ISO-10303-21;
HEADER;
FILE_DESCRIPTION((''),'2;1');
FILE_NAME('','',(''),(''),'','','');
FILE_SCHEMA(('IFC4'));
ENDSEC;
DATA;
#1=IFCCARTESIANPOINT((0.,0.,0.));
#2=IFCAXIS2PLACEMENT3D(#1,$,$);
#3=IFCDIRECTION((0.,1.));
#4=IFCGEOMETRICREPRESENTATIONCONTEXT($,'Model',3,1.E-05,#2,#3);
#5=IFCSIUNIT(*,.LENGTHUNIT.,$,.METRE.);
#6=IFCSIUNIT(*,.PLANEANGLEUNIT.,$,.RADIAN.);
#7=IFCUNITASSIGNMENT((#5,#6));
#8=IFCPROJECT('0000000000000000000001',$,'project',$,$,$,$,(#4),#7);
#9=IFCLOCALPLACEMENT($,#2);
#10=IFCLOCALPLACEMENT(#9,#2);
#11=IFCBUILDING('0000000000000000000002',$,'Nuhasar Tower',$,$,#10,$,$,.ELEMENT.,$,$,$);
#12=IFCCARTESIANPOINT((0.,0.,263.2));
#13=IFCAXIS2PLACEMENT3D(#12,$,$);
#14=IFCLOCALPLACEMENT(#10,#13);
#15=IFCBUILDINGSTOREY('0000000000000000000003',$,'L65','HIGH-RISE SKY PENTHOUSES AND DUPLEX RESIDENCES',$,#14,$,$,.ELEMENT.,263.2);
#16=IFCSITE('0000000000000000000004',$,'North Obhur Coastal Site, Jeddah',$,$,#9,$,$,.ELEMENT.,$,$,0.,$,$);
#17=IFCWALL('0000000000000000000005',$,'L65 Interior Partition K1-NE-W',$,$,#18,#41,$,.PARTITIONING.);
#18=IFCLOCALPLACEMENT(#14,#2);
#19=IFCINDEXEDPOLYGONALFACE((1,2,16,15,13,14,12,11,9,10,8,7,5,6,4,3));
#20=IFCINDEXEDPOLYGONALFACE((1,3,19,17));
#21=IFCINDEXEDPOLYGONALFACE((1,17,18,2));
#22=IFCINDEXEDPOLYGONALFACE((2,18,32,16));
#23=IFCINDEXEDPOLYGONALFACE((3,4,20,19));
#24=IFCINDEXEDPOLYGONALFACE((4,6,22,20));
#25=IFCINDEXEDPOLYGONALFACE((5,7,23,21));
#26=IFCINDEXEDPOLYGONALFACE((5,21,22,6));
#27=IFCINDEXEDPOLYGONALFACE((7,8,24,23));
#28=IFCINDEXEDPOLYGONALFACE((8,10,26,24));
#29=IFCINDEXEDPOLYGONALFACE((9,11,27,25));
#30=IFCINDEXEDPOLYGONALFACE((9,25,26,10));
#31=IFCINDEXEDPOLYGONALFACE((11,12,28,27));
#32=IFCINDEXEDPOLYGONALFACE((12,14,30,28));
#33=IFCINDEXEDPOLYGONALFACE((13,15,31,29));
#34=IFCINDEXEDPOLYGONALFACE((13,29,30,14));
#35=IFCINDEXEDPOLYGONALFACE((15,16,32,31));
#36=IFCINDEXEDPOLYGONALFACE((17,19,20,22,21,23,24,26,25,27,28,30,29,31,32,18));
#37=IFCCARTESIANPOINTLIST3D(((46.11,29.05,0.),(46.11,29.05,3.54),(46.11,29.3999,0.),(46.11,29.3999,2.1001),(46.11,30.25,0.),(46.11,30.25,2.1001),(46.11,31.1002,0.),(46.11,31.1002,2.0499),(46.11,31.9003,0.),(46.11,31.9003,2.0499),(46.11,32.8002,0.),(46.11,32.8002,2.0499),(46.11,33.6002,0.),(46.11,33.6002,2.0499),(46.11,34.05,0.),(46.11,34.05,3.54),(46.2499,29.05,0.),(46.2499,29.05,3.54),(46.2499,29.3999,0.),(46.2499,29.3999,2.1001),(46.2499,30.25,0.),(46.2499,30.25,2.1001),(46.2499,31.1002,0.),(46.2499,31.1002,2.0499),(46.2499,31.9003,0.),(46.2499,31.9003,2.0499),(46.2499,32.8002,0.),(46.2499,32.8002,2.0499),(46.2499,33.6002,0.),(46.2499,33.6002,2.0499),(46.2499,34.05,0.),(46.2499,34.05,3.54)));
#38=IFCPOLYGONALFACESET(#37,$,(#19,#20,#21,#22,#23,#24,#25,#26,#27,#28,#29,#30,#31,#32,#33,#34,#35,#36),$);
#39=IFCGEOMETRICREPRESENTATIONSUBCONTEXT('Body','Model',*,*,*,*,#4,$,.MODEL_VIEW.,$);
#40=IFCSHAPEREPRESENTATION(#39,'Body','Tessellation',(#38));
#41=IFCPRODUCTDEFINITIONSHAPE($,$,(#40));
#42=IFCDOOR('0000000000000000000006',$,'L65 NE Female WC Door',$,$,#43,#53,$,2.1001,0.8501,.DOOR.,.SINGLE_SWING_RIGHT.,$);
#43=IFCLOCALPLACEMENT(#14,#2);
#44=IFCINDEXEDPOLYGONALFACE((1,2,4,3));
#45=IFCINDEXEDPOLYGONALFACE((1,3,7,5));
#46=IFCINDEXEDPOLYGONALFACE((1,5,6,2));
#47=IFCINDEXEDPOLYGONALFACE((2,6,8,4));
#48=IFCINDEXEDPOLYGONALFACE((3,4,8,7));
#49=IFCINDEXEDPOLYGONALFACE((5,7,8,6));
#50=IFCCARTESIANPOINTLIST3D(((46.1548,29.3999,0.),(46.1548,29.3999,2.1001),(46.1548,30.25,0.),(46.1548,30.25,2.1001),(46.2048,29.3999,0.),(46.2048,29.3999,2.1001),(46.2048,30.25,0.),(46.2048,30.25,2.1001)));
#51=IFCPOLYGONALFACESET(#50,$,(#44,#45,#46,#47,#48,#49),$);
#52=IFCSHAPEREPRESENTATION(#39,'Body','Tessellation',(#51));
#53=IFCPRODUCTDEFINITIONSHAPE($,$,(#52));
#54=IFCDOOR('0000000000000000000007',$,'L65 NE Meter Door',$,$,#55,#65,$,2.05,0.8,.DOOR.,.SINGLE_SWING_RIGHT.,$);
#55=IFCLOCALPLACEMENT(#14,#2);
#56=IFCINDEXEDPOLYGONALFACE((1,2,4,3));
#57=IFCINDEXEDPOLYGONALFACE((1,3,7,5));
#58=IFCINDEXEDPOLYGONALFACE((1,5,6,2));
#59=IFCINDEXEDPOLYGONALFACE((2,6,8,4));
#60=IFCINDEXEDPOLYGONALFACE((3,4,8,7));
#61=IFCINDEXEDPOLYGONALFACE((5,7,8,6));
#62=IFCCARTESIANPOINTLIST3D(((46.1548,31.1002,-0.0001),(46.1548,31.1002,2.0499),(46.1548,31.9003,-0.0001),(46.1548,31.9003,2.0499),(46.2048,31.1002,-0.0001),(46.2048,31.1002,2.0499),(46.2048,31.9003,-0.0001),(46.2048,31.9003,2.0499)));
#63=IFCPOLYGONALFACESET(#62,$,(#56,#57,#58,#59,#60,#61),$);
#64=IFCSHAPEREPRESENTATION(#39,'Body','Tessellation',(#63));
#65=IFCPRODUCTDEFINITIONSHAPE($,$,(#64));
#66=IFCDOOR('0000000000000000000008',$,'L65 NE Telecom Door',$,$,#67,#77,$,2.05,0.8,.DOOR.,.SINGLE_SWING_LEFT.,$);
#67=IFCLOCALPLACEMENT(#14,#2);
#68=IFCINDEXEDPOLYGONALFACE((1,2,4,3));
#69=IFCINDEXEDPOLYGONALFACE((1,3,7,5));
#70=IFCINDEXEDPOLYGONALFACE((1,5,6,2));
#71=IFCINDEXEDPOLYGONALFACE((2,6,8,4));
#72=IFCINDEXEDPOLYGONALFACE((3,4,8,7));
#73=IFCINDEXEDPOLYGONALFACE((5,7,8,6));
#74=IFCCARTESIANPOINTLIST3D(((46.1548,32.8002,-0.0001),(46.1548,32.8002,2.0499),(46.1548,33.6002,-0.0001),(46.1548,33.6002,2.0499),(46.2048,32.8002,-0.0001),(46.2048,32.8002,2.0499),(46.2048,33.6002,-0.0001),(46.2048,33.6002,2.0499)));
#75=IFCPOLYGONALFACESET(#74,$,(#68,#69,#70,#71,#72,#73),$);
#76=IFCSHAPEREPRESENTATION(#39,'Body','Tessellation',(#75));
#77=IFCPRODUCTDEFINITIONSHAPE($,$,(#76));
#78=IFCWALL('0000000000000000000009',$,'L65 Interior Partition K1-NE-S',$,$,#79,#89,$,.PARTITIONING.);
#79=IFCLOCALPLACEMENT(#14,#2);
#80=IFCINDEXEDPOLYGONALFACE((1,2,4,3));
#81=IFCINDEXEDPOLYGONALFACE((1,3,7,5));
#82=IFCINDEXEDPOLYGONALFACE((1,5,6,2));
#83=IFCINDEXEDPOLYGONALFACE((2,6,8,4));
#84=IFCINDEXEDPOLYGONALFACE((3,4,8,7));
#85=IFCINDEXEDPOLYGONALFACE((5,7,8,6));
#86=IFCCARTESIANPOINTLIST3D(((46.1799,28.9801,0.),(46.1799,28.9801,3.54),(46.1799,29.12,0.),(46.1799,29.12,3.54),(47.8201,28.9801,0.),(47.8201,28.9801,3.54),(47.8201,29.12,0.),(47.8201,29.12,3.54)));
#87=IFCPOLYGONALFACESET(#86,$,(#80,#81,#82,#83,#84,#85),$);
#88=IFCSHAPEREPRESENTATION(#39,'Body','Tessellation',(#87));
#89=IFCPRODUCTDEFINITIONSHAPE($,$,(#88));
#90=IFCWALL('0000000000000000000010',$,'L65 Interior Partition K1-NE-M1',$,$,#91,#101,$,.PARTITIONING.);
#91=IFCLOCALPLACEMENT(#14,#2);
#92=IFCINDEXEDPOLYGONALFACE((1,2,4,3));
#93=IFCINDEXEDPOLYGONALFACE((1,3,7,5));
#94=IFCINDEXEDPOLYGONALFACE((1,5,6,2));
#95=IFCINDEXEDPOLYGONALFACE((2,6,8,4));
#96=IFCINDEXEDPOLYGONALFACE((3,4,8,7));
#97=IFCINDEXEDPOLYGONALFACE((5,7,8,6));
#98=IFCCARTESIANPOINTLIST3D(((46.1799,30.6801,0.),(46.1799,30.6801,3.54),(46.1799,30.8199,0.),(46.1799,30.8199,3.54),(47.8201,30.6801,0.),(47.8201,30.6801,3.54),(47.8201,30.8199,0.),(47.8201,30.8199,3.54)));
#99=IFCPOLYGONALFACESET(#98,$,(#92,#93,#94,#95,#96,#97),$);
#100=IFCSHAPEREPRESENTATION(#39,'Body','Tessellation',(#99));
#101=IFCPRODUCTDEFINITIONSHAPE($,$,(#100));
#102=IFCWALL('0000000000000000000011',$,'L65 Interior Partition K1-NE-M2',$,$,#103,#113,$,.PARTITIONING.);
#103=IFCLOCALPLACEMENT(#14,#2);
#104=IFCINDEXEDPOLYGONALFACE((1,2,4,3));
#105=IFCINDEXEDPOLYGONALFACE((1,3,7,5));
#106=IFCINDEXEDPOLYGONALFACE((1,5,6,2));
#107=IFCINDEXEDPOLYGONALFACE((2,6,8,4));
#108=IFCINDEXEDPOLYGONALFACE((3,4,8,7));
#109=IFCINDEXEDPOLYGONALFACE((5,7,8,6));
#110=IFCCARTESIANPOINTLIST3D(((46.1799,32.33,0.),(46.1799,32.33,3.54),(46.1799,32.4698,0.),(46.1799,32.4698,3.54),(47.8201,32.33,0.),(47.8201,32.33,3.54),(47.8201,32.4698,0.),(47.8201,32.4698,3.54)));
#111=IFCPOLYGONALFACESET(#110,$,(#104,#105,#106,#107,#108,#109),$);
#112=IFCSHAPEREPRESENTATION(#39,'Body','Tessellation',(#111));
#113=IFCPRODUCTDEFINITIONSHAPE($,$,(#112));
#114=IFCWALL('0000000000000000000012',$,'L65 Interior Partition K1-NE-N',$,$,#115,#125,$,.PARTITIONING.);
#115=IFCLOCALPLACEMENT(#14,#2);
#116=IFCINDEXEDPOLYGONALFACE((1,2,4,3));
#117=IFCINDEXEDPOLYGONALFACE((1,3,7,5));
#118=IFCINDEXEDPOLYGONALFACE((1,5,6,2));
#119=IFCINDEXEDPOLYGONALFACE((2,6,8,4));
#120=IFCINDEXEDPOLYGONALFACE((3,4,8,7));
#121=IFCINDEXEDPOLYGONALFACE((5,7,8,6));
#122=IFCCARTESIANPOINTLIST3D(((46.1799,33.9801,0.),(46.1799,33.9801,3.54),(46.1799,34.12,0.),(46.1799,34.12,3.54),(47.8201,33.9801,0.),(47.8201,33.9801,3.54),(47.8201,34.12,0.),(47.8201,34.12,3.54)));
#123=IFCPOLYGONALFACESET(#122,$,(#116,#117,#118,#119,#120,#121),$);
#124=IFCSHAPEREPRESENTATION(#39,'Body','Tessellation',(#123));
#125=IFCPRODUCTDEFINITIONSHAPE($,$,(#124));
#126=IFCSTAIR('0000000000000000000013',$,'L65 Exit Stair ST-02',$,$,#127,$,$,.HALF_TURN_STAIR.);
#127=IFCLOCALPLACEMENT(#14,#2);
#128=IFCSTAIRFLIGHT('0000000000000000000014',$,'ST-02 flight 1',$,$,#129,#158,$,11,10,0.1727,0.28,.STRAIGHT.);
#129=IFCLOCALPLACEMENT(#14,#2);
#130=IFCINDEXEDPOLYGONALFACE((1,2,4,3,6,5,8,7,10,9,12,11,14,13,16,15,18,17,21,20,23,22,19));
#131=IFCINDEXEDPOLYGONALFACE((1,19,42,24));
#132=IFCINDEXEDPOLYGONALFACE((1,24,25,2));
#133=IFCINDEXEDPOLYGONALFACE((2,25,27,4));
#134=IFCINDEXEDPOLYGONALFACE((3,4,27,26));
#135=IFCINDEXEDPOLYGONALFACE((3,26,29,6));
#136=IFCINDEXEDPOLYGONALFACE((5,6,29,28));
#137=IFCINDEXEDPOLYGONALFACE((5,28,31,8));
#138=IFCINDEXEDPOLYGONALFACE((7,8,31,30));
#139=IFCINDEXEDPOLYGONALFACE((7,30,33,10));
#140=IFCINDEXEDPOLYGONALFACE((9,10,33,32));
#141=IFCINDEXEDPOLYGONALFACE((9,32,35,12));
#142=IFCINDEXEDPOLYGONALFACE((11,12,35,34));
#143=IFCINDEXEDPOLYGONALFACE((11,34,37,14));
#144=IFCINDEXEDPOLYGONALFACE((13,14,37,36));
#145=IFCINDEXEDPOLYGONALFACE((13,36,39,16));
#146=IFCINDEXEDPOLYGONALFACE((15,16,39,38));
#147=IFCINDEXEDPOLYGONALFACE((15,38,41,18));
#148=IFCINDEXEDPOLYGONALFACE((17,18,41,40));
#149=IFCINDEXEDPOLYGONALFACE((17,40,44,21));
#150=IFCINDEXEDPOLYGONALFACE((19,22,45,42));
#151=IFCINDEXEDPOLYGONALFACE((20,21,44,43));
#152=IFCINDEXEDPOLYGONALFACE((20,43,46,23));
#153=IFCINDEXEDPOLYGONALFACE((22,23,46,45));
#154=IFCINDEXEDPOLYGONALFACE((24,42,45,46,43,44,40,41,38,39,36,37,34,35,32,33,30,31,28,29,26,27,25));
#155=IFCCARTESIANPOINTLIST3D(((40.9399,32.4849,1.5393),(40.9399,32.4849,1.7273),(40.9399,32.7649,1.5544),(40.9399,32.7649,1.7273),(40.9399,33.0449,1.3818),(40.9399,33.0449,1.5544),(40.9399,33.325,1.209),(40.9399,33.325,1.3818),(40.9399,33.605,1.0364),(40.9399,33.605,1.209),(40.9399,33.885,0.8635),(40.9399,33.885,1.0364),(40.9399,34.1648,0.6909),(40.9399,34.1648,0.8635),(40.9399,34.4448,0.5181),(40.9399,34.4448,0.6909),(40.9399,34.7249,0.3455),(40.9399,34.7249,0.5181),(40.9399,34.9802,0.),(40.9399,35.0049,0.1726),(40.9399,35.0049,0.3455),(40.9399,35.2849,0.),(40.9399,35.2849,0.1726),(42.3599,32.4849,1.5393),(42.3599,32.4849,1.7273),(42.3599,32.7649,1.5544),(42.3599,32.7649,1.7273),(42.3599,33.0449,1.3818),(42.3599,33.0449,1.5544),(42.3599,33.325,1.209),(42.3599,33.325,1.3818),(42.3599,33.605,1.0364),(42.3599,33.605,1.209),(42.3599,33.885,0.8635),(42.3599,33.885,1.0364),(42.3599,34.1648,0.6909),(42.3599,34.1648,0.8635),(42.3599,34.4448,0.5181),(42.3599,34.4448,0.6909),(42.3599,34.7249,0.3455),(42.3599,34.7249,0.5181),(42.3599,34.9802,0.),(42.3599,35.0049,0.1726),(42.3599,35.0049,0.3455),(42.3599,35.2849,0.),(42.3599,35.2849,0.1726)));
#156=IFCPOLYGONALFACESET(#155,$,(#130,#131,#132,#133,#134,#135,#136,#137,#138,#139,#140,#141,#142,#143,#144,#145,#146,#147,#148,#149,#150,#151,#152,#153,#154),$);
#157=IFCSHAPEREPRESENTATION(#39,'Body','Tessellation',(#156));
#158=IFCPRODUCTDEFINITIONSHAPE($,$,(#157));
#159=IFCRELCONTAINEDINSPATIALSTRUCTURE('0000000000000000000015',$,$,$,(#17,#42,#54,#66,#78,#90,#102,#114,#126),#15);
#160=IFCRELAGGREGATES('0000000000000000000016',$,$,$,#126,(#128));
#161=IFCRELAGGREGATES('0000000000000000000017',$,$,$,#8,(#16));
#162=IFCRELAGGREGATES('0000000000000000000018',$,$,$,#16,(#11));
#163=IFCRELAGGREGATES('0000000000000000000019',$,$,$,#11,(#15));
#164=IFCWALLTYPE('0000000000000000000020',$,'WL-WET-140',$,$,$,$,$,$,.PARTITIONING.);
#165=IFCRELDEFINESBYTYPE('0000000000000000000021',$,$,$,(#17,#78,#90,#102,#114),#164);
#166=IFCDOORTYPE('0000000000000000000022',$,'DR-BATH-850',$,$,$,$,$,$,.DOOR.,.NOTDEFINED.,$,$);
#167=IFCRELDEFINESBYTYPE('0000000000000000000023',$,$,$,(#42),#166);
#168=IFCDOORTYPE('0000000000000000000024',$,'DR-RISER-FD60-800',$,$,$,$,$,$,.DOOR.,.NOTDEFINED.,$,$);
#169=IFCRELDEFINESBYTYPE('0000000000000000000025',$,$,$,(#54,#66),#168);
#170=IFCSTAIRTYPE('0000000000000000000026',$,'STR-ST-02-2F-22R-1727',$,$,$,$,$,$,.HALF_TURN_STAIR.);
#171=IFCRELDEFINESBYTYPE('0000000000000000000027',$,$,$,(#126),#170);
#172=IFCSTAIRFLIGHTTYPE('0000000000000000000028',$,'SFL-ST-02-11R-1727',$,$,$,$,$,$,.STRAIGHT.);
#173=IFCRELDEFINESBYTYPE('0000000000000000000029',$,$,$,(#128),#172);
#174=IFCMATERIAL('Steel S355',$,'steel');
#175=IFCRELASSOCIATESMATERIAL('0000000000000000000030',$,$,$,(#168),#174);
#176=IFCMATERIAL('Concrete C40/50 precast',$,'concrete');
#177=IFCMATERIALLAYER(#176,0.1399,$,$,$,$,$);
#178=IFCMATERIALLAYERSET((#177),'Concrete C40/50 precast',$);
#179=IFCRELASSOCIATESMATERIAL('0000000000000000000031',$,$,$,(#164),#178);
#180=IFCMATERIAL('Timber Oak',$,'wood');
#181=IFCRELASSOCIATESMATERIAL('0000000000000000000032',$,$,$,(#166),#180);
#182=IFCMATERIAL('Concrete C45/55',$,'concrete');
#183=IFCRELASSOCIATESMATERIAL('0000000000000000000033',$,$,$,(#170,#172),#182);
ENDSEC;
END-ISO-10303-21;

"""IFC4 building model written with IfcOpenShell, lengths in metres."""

from ifc_helpers import new_model, si_unit, direction, frame, frame_2d, origin, place, context, subcontext, project, spatial, polyline, rectangle, outline, extrude, material, layer, layer_set, type_object, element, fill, aggregate, save


model = new_model("IFC4")

# Units and contexts
model_context = context("Model", 3, precision=1e-05, world=origin(), true_north=direction((0.0, 1.0)))
body_context = subcontext(model_context, "Body", "Model", "MODEL_VIEW")
ifc_project = project(units=[si_unit("LENGTHUNIT", "METRE"), si_unit("PLANEANGLEUNIT", "RADIAN")], contexts=[model_context])

# Site, building, storey
site_placement = place(None, origin())
site = spatial("IfcSite", under=ifc_project, at=site_placement, Name="North Obhur Coastal Site, Jeddah", CompositionType="ELEMENT", RefElevation=0.0)
building_placement = place(site_placement, origin())
building = spatial("IfcBuilding", under=site, at=building_placement, Name="Nuhasar Tower", CompositionType="ELEMENT")
storey_placement = place(building_placement, frame((0.0, 0.0, 263.2)))
storey = spatial("IfcBuildingStorey", under=building, at=storey_placement, Name="L65", Description="HIGH-RISE SKY PENTHOUSES AND DUPLEX RESIDENCES", CompositionType="ELEMENT", Elevation=263.2)

# Shared definitions
ifc_material_1 = material(Name="Steel S355", Category="steel")

# Shared definitions
ifc_material_2 = material(Name="Concrete C45/55", Category="concrete")

# Shared definitions
door_type_1 = type_object("IfcDoorType", Name="DR-RISER-FD60-800", OperationType="NOTDEFINED", PredefinedType="DOOR", material=ifc_material_1)

# Shared definitions
ifc_material_3 = material(Name="Concrete C40/50 precast", Category="concrete")
ifc_layer_1 = layer(ifc_material_3, 0.1399)
ifc_layer_set_1 = layer_set([ifc_layer_1], Name="Concrete C40/50 precast")
wall_type_1 = type_object("IfcWallType", Name="WL-WET-140", PredefinedType="PARTITIONING", material=ifc_layer_set_1)

# Wall, openings, doors
wall_1_placement = place(storey_placement, frame((46.1799, 34.05, 0.0), z_axis=(0.0, 0.0, 1.0), x_axis=(0.0, -1.0, 0.0)))
wall_1 = element("IfcWall", 1, at=wall_1_placement, inside=storey, type_object=wall_type_1, Name="L65 Interior Partition K1-NE-W", PredefinedType="PARTITIONING", context=body_context, shape_type="SweptSolid", body=[
    extrude(rectangle(XDim=5.0, YDim=0.1399, at=frame_2d((2.5, 0.0))), origin(), (0.0, 0.0, 1.0), 3.54),
])
opening_1_placement = place(wall_1_placement, frame((3.8, 0.0, 0.0)))
opening_1 = element("IfcOpeningElement", 2, at=opening_1_placement, cuts=wall_1, PredefinedType="OPENING", context=body_context, shape_type="SweptSolid", body=[
    extrude(rectangle(XDim=0.8501, YDim=2.1001, at=frame_2d((0.425, 1.05))), frame((0.0, 0.0801, 0.0), z_axis=(0.0, -1.0, 0.0), x_axis=(1.0, 0.0, 0.0)), (0.0, 0.0, 1.0), 0.1599),
])
opening_2_placement = place(wall_1_placement, frame((2.1499, 0.0, 0.0)))
opening_2 = element("IfcOpeningElement", 3, at=opening_2_placement, cuts=wall_1, PredefinedType="OPENING", context=body_context, shape_type="SweptSolid", body=[
    extrude(rectangle(XDim=0.8, YDim=2.05, at=frame_2d((0.3999, 1.0249))), frame((0.0, 0.0801, 0.0), z_axis=(0.0, -1.0, 0.0), x_axis=(1.0, 0.0, 0.0)), (0.0, 0.0, 1.0), 0.1599),
])
opening_3_placement = place(wall_1_placement, frame((0.45, 0.0, 0.0)))
opening_3 = element("IfcOpeningElement", 4, at=opening_3_placement, cuts=wall_1, PredefinedType="OPENING", context=body_context, shape_type="SweptSolid", body=[
    extrude(rectangle(XDim=0.8, YDim=2.05, at=frame_2d((0.3999, 1.0249))), frame((0.0, 0.0801, 0.0), z_axis=(0.0, -1.0, 0.0), x_axis=(1.0, 0.0, 0.0)), (0.0, 0.0, 1.0), 0.1599),
])
ifc_material_4 = material(Name="Timber Oak", Category="wood")
door_type_2 = type_object("IfcDoorType", Name="DR-BATH-850", OperationType="NOTDEFINED", PredefinedType="DOOR", material=ifc_material_4)
door_1_placement = place(opening_1_placement, origin())
door_1 = element("IfcDoor", 5, at=door_1_placement, inside=storey, type_object=door_type_2, Name="L65 NE Female WC Door", OperationType="SINGLE_SWING_RIGHT", OverallHeight=2.1001, OverallWidth=0.8501, PredefinedType="DOOR", context=body_context, shape_type="SweptSolid", body=[
    extrude(rectangle(XDim=0.8501, YDim=2.1001, at=frame_2d((0.425, 1.05))), frame((0.0, 0.0249, 0.0), z_axis=(0.0, -1.0, 0.0), x_axis=(1.0, 0.0, 0.0)), (0.0, 0.0, 1.0), 0.05),
])
fill(opening_1, door_1)
door_2_placement = place(opening_2_placement, origin())
door_2 = element("IfcDoor", 6, at=door_2_placement, inside=storey, type_object=door_type_1, Name="L65 NE Meter Door", OperationType="SINGLE_SWING_RIGHT", OverallHeight=2.05, OverallWidth=0.8, PredefinedType="DOOR", context=body_context, shape_type="SweptSolid", body=[
    extrude(rectangle(XDim=0.8, YDim=2.05, at=frame_2d((0.3999, 1.0249))), frame((0.0, 0.0249, 0.0), z_axis=(0.0, -1.0, 0.0), x_axis=(1.0, 0.0, 0.0)), (0.0, 0.0, 1.0), 0.05),
])
fill(opening_2, door_2)
door_3_placement = place(opening_3_placement, origin())
door_3 = element("IfcDoor", 7, at=door_3_placement, inside=storey, type_object=door_type_1, Name="L65 NE Telecom Door", OperationType="SINGLE_SWING_LEFT", OverallHeight=2.05, OverallWidth=0.8, PredefinedType="DOOR", context=body_context, shape_type="SweptSolid", body=[
    extrude(rectangle(XDim=0.8, YDim=2.05, at=frame_2d((0.3999, 1.0249))), frame((0.0, 0.0249, 0.0), z_axis=(0.0, -1.0, 0.0), x_axis=(1.0, 0.0, 0.0)), (0.0, 0.0, 1.0), 0.05),
])
fill(opening_3, door_3)

# Walls
for number, where, z_axis, x_axis, name in (
    (8, (46.1799, 29.05, 0.0), (0.0, 0.0, 1.0), (1.0, 0.0, 0.0), "L65 Interior Partition K1-NE-S"),
    (9, (46.1799, 30.75, 0.0), (0.0, 0.0, 1.0), (1.0, 0.0, 0.0), "L65 Interior Partition K1-NE-M1"),
    (10, (46.1799, 32.3999, 0.0), (0.0, 0.0, 1.0), (1.0, 0.0, 0.0), "L65 Interior Partition K1-NE-M2"),
    (11, (46.1799, 34.05, 0.0), (0.0, 0.0, 1.0), (1.0, 0.0, 0.0), "L65 Interior Partition K1-NE-N"),
):
    element("IfcWall", number, at=place(storey_placement, frame(where, z_axis=z_axis, x_axis=x_axis)), inside=storey, type_object=wall_type_1, Name=name, PredefinedType="PARTITIONING", context=body_context, shape_type="SweptSolid", body=[
        extrude(rectangle(XDim=1.6401, YDim=0.1399, at=frame_2d((0.8201, 0.0))), origin(), (0.0, 0.0, 1.0), 3.54),
    ])

# Stair, stair flight
stair_type_1 = type_object("IfcStairType", Name="STR-ST-02-2F-22R-1727", PredefinedType="HALF_TURN_STAIR", material=ifc_material_2)
stair_1_placement = place(storey_placement, origin())
stair_1 = element("IfcStair", 12, at=stair_1_placement, inside=storey, type_object=stair_type_1, Name="L65 Exit Stair ST-02", PredefinedType="HALF_TURN_STAIR")
stair_flight_type_1 = type_object("IfcStairFlightType", Name="SFL-ST-02-11R-1727", PredefinedType="STRAIGHT", material=ifc_material_2)
stair_flight_1_placement = place(storey_placement, frame((41.6499, 35.2849, 0.0), z_axis=(0.0, 0.0, 1.0), x_axis=(0.0, -1.0, 0.0)))
stair_flight_1 = element("IfcStairFlight", 13, at=stair_flight_1_placement, type_object=stair_flight_type_1, Name="ST-02 flight 1", NumberOfRisers=11, NumberOfTreads=10, PredefinedType="STRAIGHT", RiserHeight=0.1727, TreadLength=0.28, context=body_context, shape_type="SweptSolid", body=[
    extrude(outline(polyline([(0.0, 0.0), (0.0, 0.1726), (0.28, 0.1726), (0.28, 0.3455), (0.5601, 0.3455), (0.5601, 0.5181), (0.8401, 0.5181), (0.8401, 0.6909), (1.1201, 0.6909), (1.1201, 0.8635), (1.3999, 0.8635), (1.3999, 1.0364), (1.6799, 1.0364), (1.6799, 1.209), (1.96, 1.209), (1.96, 1.3818), (2.24, 1.3818), (2.24, 1.5544), (2.52, 1.5544), (2.52, 1.7273), (2.8, 1.7273), (2.8, 1.8999), (2.8, 1.5393), (0.3047, 0.0), (0.0, 0.0)])), frame((0.0, 0.71, 0.0), z_axis=(0.0, -1.0, 0.0), x_axis=(1.0, 0.0, 0.0)), (0.0, 0.0, 1.0), 1.4199),
])
aggregate(stair_1, [stair_flight_1])

save(model, "model.ifc")
